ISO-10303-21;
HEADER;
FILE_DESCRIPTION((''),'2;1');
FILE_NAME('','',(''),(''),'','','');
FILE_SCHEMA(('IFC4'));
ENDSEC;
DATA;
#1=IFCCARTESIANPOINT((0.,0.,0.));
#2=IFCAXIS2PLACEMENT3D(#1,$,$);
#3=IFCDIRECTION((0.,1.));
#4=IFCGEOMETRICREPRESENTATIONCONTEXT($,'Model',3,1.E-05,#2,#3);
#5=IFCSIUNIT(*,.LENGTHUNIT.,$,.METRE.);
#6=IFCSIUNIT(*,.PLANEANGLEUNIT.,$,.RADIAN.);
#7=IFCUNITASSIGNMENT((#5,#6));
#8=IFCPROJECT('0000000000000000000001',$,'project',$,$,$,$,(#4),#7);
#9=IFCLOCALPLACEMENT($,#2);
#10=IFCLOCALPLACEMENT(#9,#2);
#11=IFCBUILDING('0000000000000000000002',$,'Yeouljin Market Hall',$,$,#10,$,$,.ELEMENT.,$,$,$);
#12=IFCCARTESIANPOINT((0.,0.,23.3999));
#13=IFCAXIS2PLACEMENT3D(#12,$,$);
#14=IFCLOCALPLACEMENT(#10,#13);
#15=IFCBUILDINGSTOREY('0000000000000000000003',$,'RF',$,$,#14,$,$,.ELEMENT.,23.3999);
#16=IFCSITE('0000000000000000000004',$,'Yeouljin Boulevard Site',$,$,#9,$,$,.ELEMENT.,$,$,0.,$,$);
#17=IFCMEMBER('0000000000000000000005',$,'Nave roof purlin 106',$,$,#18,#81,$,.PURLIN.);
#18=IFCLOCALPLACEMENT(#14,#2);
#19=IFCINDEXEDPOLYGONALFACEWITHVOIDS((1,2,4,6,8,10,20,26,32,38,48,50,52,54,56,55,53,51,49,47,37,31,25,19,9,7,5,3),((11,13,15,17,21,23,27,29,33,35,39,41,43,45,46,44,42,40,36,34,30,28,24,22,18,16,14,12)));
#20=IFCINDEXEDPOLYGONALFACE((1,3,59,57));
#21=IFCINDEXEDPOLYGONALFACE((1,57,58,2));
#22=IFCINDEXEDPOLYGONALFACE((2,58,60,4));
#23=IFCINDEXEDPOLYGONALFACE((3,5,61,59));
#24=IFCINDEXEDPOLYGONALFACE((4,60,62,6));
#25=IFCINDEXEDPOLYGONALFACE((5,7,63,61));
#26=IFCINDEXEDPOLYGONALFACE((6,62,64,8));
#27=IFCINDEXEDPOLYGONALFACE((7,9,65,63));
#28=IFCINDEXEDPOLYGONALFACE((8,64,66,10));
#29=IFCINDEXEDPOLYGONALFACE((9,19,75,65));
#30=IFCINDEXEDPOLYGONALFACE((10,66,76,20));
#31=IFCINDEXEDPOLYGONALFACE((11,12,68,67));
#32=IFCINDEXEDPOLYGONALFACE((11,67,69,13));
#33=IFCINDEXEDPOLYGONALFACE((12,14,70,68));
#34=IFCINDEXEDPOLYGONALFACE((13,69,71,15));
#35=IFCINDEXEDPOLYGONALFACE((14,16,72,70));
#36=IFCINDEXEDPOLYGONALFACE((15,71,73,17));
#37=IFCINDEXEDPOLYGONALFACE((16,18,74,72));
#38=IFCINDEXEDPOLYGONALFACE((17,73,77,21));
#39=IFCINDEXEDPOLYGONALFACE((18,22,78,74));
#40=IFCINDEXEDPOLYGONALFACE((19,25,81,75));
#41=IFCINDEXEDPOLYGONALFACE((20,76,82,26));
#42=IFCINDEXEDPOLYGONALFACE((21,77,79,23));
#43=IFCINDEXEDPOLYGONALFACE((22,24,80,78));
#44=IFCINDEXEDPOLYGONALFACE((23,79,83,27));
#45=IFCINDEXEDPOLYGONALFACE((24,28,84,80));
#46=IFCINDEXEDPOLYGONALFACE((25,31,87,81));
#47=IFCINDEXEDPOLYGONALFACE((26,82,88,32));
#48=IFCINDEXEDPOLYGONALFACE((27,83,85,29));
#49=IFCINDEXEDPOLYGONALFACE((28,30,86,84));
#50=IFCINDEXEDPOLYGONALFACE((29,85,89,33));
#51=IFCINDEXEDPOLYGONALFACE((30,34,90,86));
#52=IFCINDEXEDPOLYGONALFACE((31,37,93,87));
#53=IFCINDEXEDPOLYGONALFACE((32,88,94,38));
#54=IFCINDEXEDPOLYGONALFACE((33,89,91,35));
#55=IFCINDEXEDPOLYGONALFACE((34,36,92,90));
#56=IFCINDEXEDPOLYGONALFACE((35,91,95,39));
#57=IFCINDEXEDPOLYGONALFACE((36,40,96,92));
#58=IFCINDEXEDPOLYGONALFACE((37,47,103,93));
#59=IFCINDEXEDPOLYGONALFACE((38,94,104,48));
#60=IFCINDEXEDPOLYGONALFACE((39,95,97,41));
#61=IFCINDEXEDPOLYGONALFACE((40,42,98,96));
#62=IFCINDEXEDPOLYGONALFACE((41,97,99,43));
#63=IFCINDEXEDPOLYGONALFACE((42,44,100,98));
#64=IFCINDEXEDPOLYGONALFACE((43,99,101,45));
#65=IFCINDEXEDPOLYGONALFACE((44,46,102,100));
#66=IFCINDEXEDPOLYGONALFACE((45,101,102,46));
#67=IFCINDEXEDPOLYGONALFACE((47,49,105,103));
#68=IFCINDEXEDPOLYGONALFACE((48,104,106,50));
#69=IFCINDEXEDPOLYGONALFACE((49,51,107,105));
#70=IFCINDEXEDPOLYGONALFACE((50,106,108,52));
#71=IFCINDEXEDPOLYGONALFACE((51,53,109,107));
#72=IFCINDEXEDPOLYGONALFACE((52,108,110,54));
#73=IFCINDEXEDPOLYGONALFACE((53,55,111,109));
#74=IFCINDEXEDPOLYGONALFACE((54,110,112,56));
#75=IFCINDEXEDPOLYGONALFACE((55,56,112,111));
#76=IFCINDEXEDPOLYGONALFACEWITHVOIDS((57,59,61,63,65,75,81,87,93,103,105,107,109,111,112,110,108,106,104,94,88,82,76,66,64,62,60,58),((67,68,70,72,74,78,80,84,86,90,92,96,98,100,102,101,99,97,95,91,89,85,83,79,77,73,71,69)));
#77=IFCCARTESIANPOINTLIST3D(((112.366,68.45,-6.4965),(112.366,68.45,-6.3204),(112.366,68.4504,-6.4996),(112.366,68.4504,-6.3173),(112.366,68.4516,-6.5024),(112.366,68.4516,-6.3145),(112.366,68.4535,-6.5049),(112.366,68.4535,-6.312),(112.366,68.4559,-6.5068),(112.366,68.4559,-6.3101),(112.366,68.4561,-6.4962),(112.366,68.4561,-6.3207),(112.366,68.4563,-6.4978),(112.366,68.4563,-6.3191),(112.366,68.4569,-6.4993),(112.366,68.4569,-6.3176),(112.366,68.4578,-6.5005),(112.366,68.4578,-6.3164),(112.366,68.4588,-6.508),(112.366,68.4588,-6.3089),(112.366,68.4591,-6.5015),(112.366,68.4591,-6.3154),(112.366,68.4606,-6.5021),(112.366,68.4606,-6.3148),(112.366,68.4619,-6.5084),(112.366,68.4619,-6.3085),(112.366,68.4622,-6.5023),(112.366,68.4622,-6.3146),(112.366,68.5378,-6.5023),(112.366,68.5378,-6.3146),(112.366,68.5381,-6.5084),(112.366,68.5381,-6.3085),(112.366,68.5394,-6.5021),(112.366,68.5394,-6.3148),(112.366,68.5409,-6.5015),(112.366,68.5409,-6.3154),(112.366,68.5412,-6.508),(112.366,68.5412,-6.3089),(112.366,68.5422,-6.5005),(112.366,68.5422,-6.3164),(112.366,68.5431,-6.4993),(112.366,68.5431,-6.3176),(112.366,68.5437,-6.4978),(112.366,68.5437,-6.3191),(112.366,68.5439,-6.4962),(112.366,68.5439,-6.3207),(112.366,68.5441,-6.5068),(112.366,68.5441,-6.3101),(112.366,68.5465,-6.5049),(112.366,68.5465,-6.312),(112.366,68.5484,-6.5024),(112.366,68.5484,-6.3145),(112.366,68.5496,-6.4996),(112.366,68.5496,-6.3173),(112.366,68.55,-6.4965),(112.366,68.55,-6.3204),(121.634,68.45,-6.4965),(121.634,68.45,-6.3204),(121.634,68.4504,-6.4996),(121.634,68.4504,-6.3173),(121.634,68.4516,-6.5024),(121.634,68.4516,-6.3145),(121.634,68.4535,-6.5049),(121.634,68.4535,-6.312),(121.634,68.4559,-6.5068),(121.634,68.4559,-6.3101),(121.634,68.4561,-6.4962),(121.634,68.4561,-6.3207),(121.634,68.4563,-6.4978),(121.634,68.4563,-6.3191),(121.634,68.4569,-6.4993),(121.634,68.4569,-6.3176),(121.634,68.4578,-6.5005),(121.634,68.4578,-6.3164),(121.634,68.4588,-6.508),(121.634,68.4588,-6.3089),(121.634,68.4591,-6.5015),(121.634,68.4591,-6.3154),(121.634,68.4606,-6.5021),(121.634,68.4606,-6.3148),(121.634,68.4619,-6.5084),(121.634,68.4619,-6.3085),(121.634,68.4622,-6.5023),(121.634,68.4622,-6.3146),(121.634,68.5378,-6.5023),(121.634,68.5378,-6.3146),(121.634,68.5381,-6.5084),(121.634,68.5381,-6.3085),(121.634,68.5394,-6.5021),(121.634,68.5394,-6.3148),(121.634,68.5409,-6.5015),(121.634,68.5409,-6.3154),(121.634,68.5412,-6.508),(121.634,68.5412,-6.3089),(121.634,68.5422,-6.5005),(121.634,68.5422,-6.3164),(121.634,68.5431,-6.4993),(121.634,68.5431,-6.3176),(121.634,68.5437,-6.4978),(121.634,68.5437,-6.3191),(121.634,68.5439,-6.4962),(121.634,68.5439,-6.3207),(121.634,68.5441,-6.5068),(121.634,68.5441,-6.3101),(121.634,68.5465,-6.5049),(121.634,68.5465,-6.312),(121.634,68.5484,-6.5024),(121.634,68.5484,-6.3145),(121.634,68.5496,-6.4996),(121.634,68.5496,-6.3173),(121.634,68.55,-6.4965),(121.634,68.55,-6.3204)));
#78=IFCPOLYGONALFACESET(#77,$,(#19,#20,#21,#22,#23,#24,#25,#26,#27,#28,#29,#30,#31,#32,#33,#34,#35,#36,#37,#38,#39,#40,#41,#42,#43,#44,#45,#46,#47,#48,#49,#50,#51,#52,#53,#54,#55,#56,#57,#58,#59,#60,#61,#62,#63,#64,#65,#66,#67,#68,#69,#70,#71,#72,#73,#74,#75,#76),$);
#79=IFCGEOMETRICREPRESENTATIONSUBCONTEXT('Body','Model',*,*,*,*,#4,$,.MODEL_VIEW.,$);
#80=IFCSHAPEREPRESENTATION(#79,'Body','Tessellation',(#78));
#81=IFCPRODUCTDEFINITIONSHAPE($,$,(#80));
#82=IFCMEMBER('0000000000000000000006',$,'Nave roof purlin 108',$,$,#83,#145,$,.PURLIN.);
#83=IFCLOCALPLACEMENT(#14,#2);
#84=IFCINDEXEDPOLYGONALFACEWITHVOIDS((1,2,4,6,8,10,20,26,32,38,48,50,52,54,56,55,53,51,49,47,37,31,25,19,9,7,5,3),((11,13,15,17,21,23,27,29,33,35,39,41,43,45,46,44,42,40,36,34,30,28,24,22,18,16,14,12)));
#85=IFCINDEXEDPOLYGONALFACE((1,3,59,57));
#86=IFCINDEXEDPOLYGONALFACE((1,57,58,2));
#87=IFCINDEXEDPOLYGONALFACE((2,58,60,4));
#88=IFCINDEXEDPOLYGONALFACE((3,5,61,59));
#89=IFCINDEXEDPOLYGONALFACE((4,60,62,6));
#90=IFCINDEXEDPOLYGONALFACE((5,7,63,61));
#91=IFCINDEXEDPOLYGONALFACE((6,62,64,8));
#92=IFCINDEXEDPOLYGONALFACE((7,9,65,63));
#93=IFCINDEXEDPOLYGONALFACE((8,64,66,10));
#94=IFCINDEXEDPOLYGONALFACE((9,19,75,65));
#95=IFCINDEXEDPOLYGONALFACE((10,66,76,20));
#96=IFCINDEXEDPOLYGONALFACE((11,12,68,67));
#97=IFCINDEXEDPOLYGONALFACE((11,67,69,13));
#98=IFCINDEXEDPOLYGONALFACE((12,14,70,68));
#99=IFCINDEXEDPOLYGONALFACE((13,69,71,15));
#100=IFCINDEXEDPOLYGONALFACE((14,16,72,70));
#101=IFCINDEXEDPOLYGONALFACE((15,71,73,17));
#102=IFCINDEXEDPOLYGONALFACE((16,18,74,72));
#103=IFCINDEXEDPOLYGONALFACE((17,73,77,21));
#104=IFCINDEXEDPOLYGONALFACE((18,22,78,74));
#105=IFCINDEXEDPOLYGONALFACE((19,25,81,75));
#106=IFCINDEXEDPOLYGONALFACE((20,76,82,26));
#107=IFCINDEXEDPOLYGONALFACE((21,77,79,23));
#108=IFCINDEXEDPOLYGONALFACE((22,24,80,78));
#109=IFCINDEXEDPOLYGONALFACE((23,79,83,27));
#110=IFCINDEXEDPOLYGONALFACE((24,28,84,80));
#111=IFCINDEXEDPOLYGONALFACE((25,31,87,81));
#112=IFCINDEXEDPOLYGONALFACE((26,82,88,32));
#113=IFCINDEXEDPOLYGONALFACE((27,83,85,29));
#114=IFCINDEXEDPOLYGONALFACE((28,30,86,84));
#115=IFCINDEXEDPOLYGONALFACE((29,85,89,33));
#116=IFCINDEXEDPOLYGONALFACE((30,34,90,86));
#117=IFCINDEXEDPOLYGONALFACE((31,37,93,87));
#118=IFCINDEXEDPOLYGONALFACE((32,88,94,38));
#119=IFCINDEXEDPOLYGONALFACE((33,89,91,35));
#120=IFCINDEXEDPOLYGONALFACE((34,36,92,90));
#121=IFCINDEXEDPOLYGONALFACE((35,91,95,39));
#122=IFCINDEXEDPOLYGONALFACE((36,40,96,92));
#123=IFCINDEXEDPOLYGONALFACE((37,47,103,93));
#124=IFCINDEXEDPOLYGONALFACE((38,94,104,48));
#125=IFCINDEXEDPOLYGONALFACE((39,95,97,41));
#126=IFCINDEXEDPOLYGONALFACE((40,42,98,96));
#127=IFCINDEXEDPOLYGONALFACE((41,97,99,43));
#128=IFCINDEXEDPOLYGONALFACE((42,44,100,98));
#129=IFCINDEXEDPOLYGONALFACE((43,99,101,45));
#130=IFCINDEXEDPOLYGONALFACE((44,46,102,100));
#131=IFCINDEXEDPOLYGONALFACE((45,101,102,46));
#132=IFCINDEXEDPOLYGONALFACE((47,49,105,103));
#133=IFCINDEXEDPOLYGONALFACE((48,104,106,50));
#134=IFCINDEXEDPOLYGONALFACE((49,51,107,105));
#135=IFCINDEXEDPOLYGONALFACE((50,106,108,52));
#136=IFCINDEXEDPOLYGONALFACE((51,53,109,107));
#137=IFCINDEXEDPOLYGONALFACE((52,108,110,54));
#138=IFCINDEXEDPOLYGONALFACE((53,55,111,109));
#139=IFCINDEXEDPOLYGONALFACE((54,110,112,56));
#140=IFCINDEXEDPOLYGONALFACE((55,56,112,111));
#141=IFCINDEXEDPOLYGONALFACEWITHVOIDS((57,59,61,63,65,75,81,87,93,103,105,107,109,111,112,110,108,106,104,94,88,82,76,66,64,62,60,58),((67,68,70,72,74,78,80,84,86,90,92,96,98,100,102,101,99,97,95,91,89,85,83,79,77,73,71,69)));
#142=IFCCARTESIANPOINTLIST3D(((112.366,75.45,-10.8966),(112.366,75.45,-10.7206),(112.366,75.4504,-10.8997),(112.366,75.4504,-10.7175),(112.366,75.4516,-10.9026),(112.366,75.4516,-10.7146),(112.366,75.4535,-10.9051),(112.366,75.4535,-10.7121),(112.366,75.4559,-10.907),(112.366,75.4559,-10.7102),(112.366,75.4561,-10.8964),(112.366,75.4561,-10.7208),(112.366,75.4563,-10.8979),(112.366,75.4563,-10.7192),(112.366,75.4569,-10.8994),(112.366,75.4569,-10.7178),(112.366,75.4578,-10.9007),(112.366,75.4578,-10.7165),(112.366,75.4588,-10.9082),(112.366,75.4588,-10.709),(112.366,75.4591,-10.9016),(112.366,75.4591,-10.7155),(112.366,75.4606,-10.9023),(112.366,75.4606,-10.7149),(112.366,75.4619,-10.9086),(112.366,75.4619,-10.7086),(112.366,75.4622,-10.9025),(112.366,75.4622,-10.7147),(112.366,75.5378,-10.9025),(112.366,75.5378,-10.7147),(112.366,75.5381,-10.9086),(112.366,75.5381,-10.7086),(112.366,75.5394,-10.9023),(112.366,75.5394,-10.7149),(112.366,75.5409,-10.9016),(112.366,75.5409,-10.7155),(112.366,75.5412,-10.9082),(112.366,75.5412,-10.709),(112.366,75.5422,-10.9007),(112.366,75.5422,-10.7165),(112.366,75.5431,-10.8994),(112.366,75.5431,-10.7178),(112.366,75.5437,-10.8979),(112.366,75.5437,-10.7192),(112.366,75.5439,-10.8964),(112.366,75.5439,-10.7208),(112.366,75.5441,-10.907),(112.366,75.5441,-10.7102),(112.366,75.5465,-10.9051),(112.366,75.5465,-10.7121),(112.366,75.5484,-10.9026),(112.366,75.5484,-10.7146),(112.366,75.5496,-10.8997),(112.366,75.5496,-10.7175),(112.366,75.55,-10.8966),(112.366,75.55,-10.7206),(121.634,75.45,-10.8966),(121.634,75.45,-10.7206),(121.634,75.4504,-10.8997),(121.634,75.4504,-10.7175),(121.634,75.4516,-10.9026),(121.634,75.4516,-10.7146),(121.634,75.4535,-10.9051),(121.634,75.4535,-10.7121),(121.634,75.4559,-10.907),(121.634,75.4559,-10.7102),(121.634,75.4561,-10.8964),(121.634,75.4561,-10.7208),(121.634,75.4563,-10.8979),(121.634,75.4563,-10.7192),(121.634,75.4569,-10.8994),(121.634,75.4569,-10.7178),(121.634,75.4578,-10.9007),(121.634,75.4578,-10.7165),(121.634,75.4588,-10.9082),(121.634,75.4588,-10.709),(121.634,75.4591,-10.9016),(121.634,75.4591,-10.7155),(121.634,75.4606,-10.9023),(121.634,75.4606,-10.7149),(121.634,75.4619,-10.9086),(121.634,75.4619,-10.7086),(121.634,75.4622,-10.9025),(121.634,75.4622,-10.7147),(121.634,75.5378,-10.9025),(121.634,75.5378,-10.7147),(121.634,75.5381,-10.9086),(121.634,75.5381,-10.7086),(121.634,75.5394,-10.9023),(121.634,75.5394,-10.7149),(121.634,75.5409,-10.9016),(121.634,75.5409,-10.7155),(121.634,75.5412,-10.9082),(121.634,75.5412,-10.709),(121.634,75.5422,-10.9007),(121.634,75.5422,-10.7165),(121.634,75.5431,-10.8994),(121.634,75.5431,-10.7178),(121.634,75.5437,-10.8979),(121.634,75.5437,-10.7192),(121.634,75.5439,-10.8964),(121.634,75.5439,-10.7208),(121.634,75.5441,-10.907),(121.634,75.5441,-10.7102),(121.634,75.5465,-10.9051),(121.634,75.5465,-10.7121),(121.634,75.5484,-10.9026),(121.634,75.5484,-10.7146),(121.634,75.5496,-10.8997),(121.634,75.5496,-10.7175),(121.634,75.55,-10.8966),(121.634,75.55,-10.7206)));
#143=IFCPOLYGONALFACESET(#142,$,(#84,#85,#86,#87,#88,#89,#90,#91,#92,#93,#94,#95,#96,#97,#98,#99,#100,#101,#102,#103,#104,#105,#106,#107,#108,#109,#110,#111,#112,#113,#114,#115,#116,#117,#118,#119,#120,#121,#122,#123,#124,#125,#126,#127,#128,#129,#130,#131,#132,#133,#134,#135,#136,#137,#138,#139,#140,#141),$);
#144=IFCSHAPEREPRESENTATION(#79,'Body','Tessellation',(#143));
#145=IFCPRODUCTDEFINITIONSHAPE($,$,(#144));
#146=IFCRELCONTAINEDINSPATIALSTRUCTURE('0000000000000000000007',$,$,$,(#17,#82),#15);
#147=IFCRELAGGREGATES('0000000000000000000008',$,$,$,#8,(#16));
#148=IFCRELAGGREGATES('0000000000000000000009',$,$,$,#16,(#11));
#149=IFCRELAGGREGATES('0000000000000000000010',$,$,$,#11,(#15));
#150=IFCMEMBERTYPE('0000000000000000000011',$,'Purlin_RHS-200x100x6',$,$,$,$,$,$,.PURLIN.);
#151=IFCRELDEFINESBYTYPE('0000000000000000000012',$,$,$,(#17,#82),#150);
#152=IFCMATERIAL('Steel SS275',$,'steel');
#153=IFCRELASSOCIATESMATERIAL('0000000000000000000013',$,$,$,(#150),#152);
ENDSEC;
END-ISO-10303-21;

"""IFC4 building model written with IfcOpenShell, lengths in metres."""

from ifc_helpers import new_model, si_unit, direction, frame, origin, origin_2d, place, context, subcontext, project, spatial, hollow_rectangle, extrude, material, material_profile, profile_set, type_object, element, save


model = new_model("IFC4")

# Units and contexts
model_context = context("Model", 3, precision=1e-05, world=origin(), true_north=direction((0.0, 1.0)))
body_context = subcontext(model_context, "Body", "Model", "MODEL_VIEW")
ifc_project = project(units=[si_unit("LENGTHUNIT", "METRE"), si_unit("PLANEANGLEUNIT", "RADIAN")], contexts=[model_context])

# Site, building, storey
site_placement = place(None, origin())
site = spatial("IfcSite", under=ifc_project, at=site_placement, Name="Yeouljin Boulevard Site", CompositionType="ELEMENT", RefElevation=0.0)
building_placement = place(site_placement, origin())
building = spatial("IfcBuilding", under=site, at=building_placement, Name="Yeouljin Market Hall", CompositionType="ELEMENT")
storey_placement = place(building_placement, frame((0.0, 0.0, 23.3999)))
storey = spatial("IfcBuildingStorey", under=building, at=storey_placement, Name="RF", CompositionType="ELEMENT", Elevation=23.3999)

# Members
ifc_material_1 = material(Name="Steel SS275", Category="steel")
ifc_material_profile_1 = material_profile(ifc_material_1, hollow_rectangle(XDim=0.1001, YDim=0.2, WallThickness=0.0061, InnerFilletRadius=0.0061, OuterFilletRadius=0.012, at=origin_2d()), Name="RHS-200x100x6")
ifc_profile_set_1 = profile_set([ifc_material_profile_1], Name="Steel SS275")
member_type_1 = type_object("IfcMemberType", Name="Purlin_RHS-200x100x6", PredefinedType="PURLIN", material=ifc_profile_set_1)
for number, where, z_axis, x_axis, name in (
    (1, (112.366, 68.5, -6.4084), (1.0, 0.0, 0.0), (0.0, 1.0, 0.0), "Nave roof purlin 106"),
    (2, (112.366, 75.5, -10.8086), (1.0, 0.0, 0.0), (0.0, 1.0, 0.0), "Nave roof purlin 108"),
):
    element("IfcMember", number, at=place(storey_placement, frame(where, z_axis=z_axis, x_axis=x_axis)), inside=storey, type_object=member_type_1, Name=name, PredefinedType="PURLIN", context=body_context, shape_type="SweptSolid", body=[
        extrude(hollow_rectangle(XDim=0.1001, YDim=0.2, WallThickness=0.0061, InnerFilletRadius=0.0061, OuterFilletRadius=0.012, at=origin_2d()), origin(), (0.0, 0.0, 1.0), 9.2681),
    ])

save(model, "model.ifc")
